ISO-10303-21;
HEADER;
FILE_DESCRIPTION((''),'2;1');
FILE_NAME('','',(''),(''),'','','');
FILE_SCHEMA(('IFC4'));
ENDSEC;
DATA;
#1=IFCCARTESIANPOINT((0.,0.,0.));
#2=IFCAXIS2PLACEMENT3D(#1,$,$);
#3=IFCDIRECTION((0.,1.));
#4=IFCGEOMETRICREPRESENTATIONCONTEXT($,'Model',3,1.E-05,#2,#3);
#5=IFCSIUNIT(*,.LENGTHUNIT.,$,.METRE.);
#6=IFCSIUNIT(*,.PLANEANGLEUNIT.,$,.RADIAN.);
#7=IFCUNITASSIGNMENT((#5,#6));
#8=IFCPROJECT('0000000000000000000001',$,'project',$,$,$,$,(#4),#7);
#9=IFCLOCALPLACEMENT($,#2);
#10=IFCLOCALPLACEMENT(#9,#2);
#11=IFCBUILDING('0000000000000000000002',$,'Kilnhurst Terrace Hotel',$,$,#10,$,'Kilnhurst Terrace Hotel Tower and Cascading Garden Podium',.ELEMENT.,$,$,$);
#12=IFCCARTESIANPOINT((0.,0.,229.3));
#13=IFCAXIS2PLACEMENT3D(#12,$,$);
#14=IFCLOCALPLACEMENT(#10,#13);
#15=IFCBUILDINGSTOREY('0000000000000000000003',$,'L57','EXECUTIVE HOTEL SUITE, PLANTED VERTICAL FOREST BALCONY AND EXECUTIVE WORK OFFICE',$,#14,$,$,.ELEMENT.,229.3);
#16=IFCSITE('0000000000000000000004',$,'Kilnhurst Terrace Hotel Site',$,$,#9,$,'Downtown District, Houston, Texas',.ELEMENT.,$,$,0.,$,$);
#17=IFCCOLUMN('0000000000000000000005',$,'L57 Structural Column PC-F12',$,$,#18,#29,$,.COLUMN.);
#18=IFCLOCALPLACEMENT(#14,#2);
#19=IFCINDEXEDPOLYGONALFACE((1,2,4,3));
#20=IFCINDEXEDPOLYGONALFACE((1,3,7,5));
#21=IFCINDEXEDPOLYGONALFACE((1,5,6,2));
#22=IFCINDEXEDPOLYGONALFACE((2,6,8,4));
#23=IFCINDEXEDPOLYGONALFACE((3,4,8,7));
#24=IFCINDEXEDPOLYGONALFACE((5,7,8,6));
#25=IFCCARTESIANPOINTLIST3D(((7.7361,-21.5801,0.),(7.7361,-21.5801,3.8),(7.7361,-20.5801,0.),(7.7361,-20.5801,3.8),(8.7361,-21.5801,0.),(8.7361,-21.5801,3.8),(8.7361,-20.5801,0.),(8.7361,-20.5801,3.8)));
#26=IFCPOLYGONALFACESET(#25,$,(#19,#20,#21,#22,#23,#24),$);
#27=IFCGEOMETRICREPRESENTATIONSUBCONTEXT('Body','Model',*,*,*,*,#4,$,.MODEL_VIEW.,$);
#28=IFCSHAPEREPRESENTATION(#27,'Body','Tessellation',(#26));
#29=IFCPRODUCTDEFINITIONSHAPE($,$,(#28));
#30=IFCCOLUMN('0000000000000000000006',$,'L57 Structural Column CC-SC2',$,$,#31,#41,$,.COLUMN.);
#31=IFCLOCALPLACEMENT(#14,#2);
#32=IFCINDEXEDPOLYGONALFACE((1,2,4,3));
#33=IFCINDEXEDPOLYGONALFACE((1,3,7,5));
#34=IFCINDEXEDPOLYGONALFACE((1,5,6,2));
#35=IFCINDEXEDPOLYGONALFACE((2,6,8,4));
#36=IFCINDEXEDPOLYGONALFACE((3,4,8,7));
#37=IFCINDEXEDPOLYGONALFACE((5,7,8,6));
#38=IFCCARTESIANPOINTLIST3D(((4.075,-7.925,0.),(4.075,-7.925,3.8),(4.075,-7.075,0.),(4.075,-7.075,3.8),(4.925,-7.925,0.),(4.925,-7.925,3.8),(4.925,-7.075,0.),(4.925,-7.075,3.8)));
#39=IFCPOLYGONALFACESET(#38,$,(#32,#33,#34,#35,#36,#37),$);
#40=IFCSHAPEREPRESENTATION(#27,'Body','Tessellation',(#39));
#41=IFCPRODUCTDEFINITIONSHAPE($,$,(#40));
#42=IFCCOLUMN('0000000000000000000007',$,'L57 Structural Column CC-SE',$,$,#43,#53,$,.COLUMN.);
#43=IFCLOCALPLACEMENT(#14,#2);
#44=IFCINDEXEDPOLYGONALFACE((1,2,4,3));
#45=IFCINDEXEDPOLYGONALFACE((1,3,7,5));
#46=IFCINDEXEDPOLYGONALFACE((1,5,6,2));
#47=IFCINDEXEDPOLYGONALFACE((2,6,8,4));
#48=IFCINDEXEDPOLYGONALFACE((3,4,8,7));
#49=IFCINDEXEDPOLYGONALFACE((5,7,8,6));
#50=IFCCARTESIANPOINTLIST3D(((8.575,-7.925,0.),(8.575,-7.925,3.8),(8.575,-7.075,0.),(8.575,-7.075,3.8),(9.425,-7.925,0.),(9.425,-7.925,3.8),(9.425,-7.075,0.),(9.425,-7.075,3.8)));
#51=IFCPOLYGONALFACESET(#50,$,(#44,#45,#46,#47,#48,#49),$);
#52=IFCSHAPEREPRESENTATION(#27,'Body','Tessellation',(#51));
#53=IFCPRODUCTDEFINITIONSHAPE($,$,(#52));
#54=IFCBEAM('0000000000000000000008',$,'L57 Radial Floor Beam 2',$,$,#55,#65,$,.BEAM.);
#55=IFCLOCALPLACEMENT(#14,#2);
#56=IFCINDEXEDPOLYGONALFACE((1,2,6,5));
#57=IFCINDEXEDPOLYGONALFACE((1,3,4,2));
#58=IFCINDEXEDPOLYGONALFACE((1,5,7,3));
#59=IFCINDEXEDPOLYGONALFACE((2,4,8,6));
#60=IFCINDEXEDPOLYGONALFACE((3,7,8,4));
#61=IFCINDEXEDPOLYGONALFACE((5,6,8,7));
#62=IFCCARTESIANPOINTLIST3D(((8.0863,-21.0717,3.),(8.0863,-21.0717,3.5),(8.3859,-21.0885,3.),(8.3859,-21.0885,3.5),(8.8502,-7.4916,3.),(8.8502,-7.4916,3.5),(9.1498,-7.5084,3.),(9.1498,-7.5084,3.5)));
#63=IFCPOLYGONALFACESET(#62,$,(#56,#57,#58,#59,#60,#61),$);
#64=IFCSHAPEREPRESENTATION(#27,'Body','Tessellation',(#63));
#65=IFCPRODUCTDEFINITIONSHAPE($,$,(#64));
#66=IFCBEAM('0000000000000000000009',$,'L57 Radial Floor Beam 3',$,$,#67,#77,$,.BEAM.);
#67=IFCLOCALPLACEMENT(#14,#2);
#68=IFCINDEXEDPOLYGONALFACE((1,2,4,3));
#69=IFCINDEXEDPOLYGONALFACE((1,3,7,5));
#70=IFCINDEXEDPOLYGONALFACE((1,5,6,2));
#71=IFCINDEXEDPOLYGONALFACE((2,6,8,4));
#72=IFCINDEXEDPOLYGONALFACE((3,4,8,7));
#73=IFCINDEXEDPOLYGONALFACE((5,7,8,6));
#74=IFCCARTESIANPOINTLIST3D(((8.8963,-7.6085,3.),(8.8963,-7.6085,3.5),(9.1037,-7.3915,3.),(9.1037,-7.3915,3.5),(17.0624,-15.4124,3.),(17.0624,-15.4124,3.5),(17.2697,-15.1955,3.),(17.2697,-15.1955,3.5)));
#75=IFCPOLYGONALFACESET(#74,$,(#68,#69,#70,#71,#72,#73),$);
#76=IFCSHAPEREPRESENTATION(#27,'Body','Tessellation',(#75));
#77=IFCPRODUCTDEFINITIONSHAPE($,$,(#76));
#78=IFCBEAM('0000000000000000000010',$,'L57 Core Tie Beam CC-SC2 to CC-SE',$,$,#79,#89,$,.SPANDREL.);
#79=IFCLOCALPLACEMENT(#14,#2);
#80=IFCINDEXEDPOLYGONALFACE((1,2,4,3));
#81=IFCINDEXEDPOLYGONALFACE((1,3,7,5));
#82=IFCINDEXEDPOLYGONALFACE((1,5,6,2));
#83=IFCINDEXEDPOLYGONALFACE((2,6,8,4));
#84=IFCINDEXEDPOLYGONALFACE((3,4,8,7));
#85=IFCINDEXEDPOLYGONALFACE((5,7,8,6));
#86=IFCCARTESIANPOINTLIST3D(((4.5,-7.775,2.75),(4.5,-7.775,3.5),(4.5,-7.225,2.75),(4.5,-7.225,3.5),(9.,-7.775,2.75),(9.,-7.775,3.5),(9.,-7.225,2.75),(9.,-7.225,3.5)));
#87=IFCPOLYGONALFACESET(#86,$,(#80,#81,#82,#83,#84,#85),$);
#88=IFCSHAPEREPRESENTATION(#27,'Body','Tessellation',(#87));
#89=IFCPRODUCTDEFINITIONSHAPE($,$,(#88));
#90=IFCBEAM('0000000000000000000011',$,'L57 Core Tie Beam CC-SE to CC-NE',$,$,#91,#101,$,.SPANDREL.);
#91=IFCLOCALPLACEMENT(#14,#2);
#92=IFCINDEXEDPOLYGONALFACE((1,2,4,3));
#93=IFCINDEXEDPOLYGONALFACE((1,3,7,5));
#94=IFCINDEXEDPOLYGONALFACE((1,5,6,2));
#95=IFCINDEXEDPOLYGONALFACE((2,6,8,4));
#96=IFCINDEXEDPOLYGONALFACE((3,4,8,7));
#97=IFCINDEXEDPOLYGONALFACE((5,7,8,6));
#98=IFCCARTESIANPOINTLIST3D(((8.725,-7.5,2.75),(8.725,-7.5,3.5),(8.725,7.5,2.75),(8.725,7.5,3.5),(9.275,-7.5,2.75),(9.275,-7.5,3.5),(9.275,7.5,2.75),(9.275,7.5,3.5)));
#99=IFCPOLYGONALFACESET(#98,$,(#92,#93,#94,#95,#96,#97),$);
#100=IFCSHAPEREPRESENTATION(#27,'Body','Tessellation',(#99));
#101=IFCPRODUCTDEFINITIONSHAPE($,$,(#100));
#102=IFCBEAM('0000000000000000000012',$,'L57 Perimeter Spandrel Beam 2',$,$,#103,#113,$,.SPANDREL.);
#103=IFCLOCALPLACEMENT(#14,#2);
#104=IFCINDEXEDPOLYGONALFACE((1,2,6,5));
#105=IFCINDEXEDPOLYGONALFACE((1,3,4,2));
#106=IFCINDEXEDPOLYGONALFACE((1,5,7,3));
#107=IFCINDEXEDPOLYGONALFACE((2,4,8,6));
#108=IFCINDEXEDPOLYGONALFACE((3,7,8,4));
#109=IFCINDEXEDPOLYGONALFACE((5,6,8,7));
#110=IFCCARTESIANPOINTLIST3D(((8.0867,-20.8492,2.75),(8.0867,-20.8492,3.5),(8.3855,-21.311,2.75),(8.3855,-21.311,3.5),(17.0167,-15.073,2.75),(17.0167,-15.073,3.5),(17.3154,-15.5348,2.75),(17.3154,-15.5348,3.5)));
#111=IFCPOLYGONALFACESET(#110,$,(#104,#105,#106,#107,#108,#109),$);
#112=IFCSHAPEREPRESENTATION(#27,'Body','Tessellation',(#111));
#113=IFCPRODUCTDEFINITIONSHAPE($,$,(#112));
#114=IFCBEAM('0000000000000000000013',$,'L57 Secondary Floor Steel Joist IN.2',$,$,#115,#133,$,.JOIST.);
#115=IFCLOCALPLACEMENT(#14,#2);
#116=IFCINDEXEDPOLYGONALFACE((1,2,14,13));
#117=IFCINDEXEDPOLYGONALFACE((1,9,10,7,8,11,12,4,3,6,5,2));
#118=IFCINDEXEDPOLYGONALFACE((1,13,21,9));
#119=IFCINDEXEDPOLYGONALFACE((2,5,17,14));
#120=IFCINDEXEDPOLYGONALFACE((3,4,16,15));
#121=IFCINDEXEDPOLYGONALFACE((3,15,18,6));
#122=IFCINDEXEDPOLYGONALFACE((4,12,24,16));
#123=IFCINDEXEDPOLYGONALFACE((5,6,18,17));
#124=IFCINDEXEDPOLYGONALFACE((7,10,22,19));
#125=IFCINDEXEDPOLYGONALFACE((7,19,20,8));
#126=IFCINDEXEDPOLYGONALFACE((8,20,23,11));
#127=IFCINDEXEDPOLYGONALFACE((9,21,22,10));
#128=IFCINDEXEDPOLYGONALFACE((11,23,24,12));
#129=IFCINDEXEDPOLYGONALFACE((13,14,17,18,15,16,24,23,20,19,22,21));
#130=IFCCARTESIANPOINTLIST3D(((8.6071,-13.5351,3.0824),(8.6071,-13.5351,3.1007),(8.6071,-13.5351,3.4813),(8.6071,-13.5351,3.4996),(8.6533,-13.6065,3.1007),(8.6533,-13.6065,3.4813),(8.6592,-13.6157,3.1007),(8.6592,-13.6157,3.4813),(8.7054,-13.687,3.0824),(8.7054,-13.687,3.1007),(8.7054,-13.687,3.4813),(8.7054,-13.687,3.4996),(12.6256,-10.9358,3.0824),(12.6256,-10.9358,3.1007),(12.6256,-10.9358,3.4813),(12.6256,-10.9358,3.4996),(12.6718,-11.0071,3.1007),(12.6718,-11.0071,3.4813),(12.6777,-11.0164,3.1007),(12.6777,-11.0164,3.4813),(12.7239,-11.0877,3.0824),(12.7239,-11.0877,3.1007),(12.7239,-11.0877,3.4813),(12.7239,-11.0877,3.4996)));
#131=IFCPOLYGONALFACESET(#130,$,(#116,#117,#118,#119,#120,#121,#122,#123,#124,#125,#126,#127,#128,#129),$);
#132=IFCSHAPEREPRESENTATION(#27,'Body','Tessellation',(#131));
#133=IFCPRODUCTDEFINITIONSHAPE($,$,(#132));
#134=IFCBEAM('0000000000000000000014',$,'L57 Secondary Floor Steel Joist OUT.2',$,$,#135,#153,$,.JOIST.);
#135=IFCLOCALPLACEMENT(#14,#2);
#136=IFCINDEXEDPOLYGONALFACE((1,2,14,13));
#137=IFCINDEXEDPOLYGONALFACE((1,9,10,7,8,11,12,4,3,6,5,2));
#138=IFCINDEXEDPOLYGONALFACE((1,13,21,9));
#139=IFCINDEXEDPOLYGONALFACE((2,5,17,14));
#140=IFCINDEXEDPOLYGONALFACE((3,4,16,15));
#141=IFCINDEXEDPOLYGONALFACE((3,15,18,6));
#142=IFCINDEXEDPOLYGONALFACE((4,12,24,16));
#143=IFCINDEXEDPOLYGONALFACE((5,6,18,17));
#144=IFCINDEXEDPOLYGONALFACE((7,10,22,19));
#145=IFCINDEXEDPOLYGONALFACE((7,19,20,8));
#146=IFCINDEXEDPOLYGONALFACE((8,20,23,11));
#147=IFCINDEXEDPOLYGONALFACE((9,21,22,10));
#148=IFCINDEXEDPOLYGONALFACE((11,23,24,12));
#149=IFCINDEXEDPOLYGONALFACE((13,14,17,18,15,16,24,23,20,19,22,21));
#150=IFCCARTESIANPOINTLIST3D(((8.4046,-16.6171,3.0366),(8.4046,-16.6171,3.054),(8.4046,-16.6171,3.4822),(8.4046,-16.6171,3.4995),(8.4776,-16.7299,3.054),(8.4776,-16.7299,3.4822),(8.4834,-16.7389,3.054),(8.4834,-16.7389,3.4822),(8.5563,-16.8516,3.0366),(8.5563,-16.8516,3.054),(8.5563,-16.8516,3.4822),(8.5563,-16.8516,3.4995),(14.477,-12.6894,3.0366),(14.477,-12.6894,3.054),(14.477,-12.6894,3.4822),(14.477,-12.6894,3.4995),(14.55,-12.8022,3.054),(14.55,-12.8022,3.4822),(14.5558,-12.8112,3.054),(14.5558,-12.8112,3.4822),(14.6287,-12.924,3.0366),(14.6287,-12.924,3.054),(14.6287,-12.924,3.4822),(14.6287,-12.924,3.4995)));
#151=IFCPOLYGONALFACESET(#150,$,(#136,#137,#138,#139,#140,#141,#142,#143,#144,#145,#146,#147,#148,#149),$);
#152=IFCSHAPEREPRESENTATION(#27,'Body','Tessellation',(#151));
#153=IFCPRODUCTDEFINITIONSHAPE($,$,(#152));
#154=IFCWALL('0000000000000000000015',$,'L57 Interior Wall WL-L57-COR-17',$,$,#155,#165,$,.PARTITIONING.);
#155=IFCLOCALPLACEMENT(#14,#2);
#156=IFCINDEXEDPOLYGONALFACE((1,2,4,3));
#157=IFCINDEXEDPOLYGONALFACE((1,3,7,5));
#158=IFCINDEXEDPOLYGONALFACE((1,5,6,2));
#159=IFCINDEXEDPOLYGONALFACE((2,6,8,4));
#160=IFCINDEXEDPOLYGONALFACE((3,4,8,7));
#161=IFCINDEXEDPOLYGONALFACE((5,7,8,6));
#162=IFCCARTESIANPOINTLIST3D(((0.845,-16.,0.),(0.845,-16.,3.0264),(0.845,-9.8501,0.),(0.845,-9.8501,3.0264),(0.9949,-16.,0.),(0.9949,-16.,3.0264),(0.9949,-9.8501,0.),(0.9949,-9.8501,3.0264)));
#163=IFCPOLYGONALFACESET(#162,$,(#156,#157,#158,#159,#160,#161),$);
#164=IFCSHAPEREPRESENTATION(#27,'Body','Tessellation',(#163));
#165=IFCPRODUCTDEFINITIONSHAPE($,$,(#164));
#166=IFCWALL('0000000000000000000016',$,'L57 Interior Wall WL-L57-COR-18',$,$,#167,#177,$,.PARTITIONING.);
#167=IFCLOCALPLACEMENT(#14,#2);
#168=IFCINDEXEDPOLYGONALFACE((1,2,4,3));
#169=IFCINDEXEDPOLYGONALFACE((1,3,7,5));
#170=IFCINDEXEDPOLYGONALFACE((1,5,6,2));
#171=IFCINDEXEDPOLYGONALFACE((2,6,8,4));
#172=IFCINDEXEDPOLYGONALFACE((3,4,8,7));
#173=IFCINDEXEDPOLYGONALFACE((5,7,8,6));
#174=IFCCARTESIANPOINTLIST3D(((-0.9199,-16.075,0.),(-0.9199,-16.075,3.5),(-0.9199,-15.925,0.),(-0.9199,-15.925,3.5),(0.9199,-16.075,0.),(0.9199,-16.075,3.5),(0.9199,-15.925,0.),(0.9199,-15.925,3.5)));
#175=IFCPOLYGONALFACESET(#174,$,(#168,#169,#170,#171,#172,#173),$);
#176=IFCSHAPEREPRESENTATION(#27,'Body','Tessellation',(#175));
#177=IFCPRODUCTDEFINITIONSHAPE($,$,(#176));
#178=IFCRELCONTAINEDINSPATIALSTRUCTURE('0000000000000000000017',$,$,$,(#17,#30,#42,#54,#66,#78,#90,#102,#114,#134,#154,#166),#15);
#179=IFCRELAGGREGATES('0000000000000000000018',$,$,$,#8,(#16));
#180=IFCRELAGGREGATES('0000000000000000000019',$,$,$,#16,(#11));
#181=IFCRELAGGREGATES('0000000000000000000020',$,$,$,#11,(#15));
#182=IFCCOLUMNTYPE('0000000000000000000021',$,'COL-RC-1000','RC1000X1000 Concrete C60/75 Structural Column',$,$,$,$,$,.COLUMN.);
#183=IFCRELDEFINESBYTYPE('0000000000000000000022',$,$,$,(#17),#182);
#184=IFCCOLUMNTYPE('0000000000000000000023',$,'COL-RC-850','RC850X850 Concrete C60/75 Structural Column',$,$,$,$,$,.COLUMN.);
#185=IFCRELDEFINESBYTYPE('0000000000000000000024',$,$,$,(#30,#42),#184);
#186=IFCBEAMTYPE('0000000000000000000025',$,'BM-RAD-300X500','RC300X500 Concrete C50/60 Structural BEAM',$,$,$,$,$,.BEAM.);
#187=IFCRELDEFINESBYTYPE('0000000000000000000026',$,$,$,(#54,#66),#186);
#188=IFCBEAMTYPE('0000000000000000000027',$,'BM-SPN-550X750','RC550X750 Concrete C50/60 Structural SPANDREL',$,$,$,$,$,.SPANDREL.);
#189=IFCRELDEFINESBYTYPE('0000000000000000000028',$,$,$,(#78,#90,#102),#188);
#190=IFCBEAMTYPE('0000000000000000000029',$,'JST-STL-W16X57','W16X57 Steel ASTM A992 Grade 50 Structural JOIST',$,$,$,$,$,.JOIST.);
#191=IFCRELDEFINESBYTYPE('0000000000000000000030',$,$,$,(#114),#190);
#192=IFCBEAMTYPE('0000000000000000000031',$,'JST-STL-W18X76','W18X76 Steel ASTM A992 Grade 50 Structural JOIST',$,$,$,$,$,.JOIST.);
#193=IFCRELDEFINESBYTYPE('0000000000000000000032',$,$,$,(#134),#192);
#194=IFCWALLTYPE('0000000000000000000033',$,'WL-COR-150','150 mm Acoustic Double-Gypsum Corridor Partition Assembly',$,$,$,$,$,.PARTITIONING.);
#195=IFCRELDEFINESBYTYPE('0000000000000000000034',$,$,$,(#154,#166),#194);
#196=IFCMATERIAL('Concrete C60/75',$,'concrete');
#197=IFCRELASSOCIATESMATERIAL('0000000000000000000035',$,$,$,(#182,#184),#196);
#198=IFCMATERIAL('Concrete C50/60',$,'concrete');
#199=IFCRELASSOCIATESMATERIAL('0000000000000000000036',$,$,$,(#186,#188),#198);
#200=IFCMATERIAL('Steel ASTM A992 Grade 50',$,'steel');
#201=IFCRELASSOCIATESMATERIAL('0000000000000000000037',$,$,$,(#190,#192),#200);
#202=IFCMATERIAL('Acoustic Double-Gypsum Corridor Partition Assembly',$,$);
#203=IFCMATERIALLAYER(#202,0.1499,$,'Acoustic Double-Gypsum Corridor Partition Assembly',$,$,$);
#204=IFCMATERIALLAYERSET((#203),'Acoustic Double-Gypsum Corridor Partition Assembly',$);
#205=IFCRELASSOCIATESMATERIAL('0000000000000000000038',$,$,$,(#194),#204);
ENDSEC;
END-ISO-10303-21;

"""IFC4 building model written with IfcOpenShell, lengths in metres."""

from ifc_helpers import new_model, si_unit, direction, frame, frame_2d, origin, origin_2d, place, context, subcontext, project, spatial, rectangle, i_section, extrude, material, layer, layer_set, material_profile, profile_set, type_object, element, save


model = new_model("IFC4")

# Units and contexts
model_context = context("Model", 3, precision=1e-05, world=origin(), true_north=direction((0.0, 1.0)))
body_context = subcontext(model_context, "Body", "Model", "MODEL_VIEW")
ifc_project = project(units=[si_unit("LENGTHUNIT", "METRE"), si_unit("PLANEANGLEUNIT", "RADIAN")], contexts=[model_context])

# Site, building, storey
site_placement = place(None, origin())
site = spatial("IfcSite", under=ifc_project, at=site_placement, Name="Kilnhurst Terrace Hotel Site", LongName="Downtown District, Houston, Texas", CompositionType="ELEMENT", RefElevation=0.0)
building_placement = place(site_placement, origin())
building = spatial("IfcBuilding", under=site, at=building_placement, Name="Kilnhurst Terrace Hotel", LongName="Kilnhurst Terrace Hotel Tower and Cascading Garden Podium", CompositionType="ELEMENT")
storey_placement = place(building_placement, frame((0.0, 0.0, 229.3)))
storey = spatial("IfcBuildingStorey", under=building, at=storey_placement, Name="L57", Description="EXECUTIVE HOTEL SUITE, PLANTED VERTICAL FOREST BALCONY AND EXECUTIVE WORK OFFICE", CompositionType="ELEMENT", Elevation=229.3)

# Columns
ifc_material_1 = material(Name="Concrete C60/75", Category="concrete")
ifc_material_profile_1 = material_profile(ifc_material_1, rectangle(XDim=1.0, YDim=1.0, at=origin_2d()), Name="RC1000X1000")
ifc_profile_set_1 = profile_set([ifc_material_profile_1], Name="Concrete C60/75")
column_type_1 = type_object("IfcColumnType", Name="COL-RC-1000", Description="RC1000X1000 Concrete C60/75 Structural Column", PredefinedType="COLUMN", material=ifc_profile_set_1)
column_placement = place(storey_placement, frame((8.2361, -21.0801, 0.0), z_axis=(0.0, 0.0, 1.0), x_axis=(1.0, 0.0, 0.0)))
element("IfcColumn", 1, at=column_placement, inside=storey, type_object=column_type_1, Name="L57 Structural Column PC-F12", PredefinedType="COLUMN", context=body_context, shape_type="SweptSolid", body=[
    extrude(rectangle(XDim=1.0, YDim=1.0, at=origin_2d()), origin(), (0.0, 0.0, 1.0), 3.8),
])
ifc_material_profile_2 = material_profile(ifc_material_1, rectangle(XDim=0.8501, YDim=0.8501, at=origin_2d()), Name="RC850X850")
ifc_profile_set_2 = profile_set([ifc_material_profile_2], Name="Concrete C60/75")
column_type_2 = type_object("IfcColumnType", Name="COL-RC-850", Description="RC850X850 Concrete C60/75 Structural Column", PredefinedType="COLUMN", material=ifc_profile_set_2)
for number, where, z_axis, x_axis, name in (
    (2, (4.5, -7.5, 0.0), (0.0, 0.0, 1.0), (1.0, 0.0, 0.0), "L57 Structural Column CC-SC2"),
    (3, (9.0, -7.5, 0.0), (0.0, 0.0, 1.0), (1.0, 0.0, 0.0), "L57 Structural Column CC-SE"),
):
    element("IfcColumn", number, at=place(storey_placement, frame(where, z_axis=z_axis, x_axis=x_axis)), inside=storey, type_object=column_type_2, Name=name, PredefinedType="COLUMN", context=body_context, shape_type="SweptSolid", body=[
        extrude(rectangle(XDim=0.8501, YDim=0.8501, at=origin_2d()), origin(), (0.0, 0.0, 1.0), 3.8),
    ])

# Beams
ifc_material_2 = material(Name="Concrete C50/60", Category="concrete")
ifc_material_profile_3 = material_profile(ifc_material_2, rectangle(XDim=0.3, YDim=0.5, at=origin_2d()), Name="RC300X500")
ifc_profile_set_3 = profile_set([ifc_material_profile_3], Name="Concrete C50/60")
beam_type_1 = type_object("IfcBeamType", Name="BM-RAD-300X500", Description="RC300X500 Concrete C50/60 Structural BEAM", PredefinedType="BEAM", material=ifc_profile_set_3)
beam_1_placement = place(storey_placement, frame((9.0, -7.5, 3.25), z_axis=(-0.056164, -0.998422, 0.0), x_axis=(0.998422, -0.056164, 0.0)))
element("IfcBeam", 4, at=beam_1_placement, inside=storey, type_object=beam_type_1, Name="L57 Radial Floor Beam 2", PredefinedType="BEAM", context=body_context, shape_type="SweptSolid", body=[
    extrude(rectangle(XDim=0.3, YDim=0.5, at=origin_2d()), origin(), (0.0, 0.0, 1.0), 13.6016),
])
beam_2_placement = place(storey_placement, frame((9.0, -7.5, 3.25), z_axis=(0.722952, -0.690898, 0.0), x_axis=(0.690898, 0.722952, 0.0)))
element("IfcBeam", 5, at=beam_2_placement, inside=storey, type_object=beam_type_1, Name="L57 Radial Floor Beam 3", PredefinedType="BEAM", context=body_context, shape_type="SweptSolid", body=[
    extrude(rectangle(XDim=0.3, YDim=0.5, at=origin_2d()), origin(), (0.0, 0.0, 1.0), 11.2954),
])
ifc_material_profile_4 = material_profile(ifc_material_2, rectangle(XDim=0.55, YDim=0.75, at=origin_2d()), Name="RC550X750")
ifc_profile_set_4 = profile_set([ifc_material_profile_4], Name="Concrete C50/60")
beam_type_2 = type_object("IfcBeamType", Name="BM-SPN-550X750", Description="RC550X750 Concrete C50/60 Structural SPANDREL", PredefinedType="SPANDREL", material=ifc_profile_set_4)
beam_3_placement = place(storey_placement, frame((4.5, -7.5, 3.125), z_axis=(1.0, 0.0, 0.0), x_axis=(0.0, 1.0, 0.0)))
element("IfcBeam", 6, at=beam_3_placement, inside=storey, type_object=beam_type_2, Name="L57 Core Tie Beam CC-SC2 to CC-SE", PredefinedType="SPANDREL", context=body_context, shape_type="SweptSolid", body=[
    extrude(rectangle(XDim=0.55, YDim=0.75, at=origin_2d()), origin(), (0.0, 0.0, 1.0), 4.5),
])
beam_4_placement = place(storey_placement, frame((9.0, -7.5, 3.125), z_axis=(0.0, 1.0, 0.0), x_axis=(-1.0, 0.0, 0.0)))
element("IfcBeam", 7, at=beam_4_placement, inside=storey, type_object=beam_type_2, Name="L57 Core Tie Beam CC-SE to CC-NE", PredefinedType="SPANDREL", context=body_context, shape_type="SweptSolid", body=[
    extrude(rectangle(XDim=0.55, YDim=0.75, at=origin_2d()), origin(), (0.0, 0.0, 1.0), 15.0),
])
beam_5_placement = place(storey_placement, frame((8.2361, -21.0801, 3.125), z_axis=(0.839659, 0.543114, 0.0), x_axis=(-0.543114, 0.839659, 0.0)))
element("IfcBeam", 8, at=beam_5_placement, inside=storey, type_object=beam_type_2, Name="L57 Perimeter Spandrel Beam 2", PredefinedType="SPANDREL", context=body_context, shape_type="SweptSolid", body=[
    extrude(rectangle(XDim=0.55, YDim=0.75, at=origin_2d()), origin(), (0.0, 0.0, 1.0), 10.6353),
])
ifc_material_3 = material(Name="Steel ASTM A992 Grade 50", Category="steel")
ifc_material_profile_5 = material_profile(ifc_material_3, i_section(OverallWidth=0.1809, OverallDepth=0.4172, WebThickness=0.011, FlangeThickness=0.0183, at=origin_2d()), Name="W16X57")
ifc_profile_set_5 = profile_set([ifc_material_profile_5], Name="Steel ASTM A992 Grade 50")
beam_type_3 = type_object("IfcBeamType", Name="JST-STL-W16X57", Description="W16X57 Steel ASTM A992 Grade 50 Structural JOIST", PredefinedType="JOIST", material=ifc_profile_set_5)
beam_6_placement = place(storey_placement, frame((8.6562, -13.6111, 3.291), z_axis=(0.839654, 0.543122, 0.0), x_axis=(-0.543122, 0.839654, 0.0)))
element("IfcBeam", 9, at=beam_6_placement, inside=storey, type_object=beam_type_3, Name="L57 Secondary Floor Steel Joist IN.2", PredefinedType="JOIST", context=body_context, shape_type="SweptSolid", body=[
    extrude(i_section(OverallWidth=0.1809, OverallDepth=0.4172, WebThickness=0.011, FlangeThickness=0.0183, at=origin_2d()), origin(), (0.0, 0.0, 1.0), 4.7859),
])
ifc_material_profile_6 = material_profile(ifc_material_3, i_section(OverallWidth=0.2793, OverallDepth=0.4629, WebThickness=0.0107, FlangeThickness=0.0173, at=origin_2d()), Name="W18X76")
ifc_profile_set_6 = profile_set([ifc_material_profile_6], Name="Steel ASTM A992 Grade 50")
beam_type_4 = type_object("IfcBeamType", Name="JST-STL-W18X76", Description="W18X76 Steel ASTM A992 Grade 50 Structural JOIST", PredefinedType="JOIST", material=ifc_profile_set_6)
beam_7_placement = place(storey_placement, frame((8.4805, -16.7344, 3.2681), z_axis=(0.839667, 0.543101, 0.0), x_axis=(-0.543101, 0.839667, 0.0)))
element("IfcBeam", 10, at=beam_7_placement, inside=storey, type_object=beam_type_4, Name="L57 Secondary Floor Steel Joist OUT.2", PredefinedType="JOIST", context=body_context, shape_type="SweptSolid", body=[
    extrude(i_section(OverallWidth=0.2793, OverallDepth=0.4629, WebThickness=0.0107, FlangeThickness=0.0173, at=origin_2d()), origin(), (0.0, 0.0, 1.0), 7.2319),
])

# Walls
ifc_material_4 = material(Name="Acoustic Double-Gypsum Corridor Partition Assembly")
ifc_layer_1 = layer(ifc_material_4, 0.1499, Name="Acoustic Double-Gypsum Corridor Partition Assembly")
ifc_layer_set_1 = layer_set([ifc_layer_1], Name="Acoustic Double-Gypsum Corridor Partition Assembly")
wall_type_1 = type_object("IfcWallType", Name="WL-COR-150", Description="150 mm Acoustic Double-Gypsum Corridor Partition Assembly", PredefinedType="PARTITIONING", material=ifc_layer_set_1)
wall_1_placement = place(storey_placement, frame((0.9199, -9.8501, 0.0), z_axis=(0.0, 0.0, 1.0), x_axis=(0.0, -1.0, 0.0)))
element("IfcWall", 11, at=wall_1_placement, inside=storey, type_object=wall_type_1, Name="L57 Interior Wall WL-L57-COR-17", PredefinedType="PARTITIONING", context=body_context, shape_type="SweptSolid", body=[
    extrude(rectangle(XDim=6.1499, YDim=0.1499, at=frame_2d((3.075, 0.0))), origin(), (0.0, 0.0, 1.0), 3.0264),
])
wall_2_placement = place(storey_placement, frame((0.9199, -16.0, 0.0), z_axis=(0.0, 0.0, 1.0), x_axis=(-1.0, 0.0, 0.0)))
element("IfcWall", 12, at=wall_2_placement, inside=storey, type_object=wall_type_1, Name="L57 Interior Wall WL-L57-COR-18", PredefinedType="PARTITIONING", context=body_context, shape_type="SweptSolid", body=[
    extrude(rectangle(XDim=1.8398, YDim=0.1499, at=frame_2d((0.9199, 0.0))), origin(), (0.0, 0.0, 1.0), 3.5),
])

save(model, "model.ifc")
